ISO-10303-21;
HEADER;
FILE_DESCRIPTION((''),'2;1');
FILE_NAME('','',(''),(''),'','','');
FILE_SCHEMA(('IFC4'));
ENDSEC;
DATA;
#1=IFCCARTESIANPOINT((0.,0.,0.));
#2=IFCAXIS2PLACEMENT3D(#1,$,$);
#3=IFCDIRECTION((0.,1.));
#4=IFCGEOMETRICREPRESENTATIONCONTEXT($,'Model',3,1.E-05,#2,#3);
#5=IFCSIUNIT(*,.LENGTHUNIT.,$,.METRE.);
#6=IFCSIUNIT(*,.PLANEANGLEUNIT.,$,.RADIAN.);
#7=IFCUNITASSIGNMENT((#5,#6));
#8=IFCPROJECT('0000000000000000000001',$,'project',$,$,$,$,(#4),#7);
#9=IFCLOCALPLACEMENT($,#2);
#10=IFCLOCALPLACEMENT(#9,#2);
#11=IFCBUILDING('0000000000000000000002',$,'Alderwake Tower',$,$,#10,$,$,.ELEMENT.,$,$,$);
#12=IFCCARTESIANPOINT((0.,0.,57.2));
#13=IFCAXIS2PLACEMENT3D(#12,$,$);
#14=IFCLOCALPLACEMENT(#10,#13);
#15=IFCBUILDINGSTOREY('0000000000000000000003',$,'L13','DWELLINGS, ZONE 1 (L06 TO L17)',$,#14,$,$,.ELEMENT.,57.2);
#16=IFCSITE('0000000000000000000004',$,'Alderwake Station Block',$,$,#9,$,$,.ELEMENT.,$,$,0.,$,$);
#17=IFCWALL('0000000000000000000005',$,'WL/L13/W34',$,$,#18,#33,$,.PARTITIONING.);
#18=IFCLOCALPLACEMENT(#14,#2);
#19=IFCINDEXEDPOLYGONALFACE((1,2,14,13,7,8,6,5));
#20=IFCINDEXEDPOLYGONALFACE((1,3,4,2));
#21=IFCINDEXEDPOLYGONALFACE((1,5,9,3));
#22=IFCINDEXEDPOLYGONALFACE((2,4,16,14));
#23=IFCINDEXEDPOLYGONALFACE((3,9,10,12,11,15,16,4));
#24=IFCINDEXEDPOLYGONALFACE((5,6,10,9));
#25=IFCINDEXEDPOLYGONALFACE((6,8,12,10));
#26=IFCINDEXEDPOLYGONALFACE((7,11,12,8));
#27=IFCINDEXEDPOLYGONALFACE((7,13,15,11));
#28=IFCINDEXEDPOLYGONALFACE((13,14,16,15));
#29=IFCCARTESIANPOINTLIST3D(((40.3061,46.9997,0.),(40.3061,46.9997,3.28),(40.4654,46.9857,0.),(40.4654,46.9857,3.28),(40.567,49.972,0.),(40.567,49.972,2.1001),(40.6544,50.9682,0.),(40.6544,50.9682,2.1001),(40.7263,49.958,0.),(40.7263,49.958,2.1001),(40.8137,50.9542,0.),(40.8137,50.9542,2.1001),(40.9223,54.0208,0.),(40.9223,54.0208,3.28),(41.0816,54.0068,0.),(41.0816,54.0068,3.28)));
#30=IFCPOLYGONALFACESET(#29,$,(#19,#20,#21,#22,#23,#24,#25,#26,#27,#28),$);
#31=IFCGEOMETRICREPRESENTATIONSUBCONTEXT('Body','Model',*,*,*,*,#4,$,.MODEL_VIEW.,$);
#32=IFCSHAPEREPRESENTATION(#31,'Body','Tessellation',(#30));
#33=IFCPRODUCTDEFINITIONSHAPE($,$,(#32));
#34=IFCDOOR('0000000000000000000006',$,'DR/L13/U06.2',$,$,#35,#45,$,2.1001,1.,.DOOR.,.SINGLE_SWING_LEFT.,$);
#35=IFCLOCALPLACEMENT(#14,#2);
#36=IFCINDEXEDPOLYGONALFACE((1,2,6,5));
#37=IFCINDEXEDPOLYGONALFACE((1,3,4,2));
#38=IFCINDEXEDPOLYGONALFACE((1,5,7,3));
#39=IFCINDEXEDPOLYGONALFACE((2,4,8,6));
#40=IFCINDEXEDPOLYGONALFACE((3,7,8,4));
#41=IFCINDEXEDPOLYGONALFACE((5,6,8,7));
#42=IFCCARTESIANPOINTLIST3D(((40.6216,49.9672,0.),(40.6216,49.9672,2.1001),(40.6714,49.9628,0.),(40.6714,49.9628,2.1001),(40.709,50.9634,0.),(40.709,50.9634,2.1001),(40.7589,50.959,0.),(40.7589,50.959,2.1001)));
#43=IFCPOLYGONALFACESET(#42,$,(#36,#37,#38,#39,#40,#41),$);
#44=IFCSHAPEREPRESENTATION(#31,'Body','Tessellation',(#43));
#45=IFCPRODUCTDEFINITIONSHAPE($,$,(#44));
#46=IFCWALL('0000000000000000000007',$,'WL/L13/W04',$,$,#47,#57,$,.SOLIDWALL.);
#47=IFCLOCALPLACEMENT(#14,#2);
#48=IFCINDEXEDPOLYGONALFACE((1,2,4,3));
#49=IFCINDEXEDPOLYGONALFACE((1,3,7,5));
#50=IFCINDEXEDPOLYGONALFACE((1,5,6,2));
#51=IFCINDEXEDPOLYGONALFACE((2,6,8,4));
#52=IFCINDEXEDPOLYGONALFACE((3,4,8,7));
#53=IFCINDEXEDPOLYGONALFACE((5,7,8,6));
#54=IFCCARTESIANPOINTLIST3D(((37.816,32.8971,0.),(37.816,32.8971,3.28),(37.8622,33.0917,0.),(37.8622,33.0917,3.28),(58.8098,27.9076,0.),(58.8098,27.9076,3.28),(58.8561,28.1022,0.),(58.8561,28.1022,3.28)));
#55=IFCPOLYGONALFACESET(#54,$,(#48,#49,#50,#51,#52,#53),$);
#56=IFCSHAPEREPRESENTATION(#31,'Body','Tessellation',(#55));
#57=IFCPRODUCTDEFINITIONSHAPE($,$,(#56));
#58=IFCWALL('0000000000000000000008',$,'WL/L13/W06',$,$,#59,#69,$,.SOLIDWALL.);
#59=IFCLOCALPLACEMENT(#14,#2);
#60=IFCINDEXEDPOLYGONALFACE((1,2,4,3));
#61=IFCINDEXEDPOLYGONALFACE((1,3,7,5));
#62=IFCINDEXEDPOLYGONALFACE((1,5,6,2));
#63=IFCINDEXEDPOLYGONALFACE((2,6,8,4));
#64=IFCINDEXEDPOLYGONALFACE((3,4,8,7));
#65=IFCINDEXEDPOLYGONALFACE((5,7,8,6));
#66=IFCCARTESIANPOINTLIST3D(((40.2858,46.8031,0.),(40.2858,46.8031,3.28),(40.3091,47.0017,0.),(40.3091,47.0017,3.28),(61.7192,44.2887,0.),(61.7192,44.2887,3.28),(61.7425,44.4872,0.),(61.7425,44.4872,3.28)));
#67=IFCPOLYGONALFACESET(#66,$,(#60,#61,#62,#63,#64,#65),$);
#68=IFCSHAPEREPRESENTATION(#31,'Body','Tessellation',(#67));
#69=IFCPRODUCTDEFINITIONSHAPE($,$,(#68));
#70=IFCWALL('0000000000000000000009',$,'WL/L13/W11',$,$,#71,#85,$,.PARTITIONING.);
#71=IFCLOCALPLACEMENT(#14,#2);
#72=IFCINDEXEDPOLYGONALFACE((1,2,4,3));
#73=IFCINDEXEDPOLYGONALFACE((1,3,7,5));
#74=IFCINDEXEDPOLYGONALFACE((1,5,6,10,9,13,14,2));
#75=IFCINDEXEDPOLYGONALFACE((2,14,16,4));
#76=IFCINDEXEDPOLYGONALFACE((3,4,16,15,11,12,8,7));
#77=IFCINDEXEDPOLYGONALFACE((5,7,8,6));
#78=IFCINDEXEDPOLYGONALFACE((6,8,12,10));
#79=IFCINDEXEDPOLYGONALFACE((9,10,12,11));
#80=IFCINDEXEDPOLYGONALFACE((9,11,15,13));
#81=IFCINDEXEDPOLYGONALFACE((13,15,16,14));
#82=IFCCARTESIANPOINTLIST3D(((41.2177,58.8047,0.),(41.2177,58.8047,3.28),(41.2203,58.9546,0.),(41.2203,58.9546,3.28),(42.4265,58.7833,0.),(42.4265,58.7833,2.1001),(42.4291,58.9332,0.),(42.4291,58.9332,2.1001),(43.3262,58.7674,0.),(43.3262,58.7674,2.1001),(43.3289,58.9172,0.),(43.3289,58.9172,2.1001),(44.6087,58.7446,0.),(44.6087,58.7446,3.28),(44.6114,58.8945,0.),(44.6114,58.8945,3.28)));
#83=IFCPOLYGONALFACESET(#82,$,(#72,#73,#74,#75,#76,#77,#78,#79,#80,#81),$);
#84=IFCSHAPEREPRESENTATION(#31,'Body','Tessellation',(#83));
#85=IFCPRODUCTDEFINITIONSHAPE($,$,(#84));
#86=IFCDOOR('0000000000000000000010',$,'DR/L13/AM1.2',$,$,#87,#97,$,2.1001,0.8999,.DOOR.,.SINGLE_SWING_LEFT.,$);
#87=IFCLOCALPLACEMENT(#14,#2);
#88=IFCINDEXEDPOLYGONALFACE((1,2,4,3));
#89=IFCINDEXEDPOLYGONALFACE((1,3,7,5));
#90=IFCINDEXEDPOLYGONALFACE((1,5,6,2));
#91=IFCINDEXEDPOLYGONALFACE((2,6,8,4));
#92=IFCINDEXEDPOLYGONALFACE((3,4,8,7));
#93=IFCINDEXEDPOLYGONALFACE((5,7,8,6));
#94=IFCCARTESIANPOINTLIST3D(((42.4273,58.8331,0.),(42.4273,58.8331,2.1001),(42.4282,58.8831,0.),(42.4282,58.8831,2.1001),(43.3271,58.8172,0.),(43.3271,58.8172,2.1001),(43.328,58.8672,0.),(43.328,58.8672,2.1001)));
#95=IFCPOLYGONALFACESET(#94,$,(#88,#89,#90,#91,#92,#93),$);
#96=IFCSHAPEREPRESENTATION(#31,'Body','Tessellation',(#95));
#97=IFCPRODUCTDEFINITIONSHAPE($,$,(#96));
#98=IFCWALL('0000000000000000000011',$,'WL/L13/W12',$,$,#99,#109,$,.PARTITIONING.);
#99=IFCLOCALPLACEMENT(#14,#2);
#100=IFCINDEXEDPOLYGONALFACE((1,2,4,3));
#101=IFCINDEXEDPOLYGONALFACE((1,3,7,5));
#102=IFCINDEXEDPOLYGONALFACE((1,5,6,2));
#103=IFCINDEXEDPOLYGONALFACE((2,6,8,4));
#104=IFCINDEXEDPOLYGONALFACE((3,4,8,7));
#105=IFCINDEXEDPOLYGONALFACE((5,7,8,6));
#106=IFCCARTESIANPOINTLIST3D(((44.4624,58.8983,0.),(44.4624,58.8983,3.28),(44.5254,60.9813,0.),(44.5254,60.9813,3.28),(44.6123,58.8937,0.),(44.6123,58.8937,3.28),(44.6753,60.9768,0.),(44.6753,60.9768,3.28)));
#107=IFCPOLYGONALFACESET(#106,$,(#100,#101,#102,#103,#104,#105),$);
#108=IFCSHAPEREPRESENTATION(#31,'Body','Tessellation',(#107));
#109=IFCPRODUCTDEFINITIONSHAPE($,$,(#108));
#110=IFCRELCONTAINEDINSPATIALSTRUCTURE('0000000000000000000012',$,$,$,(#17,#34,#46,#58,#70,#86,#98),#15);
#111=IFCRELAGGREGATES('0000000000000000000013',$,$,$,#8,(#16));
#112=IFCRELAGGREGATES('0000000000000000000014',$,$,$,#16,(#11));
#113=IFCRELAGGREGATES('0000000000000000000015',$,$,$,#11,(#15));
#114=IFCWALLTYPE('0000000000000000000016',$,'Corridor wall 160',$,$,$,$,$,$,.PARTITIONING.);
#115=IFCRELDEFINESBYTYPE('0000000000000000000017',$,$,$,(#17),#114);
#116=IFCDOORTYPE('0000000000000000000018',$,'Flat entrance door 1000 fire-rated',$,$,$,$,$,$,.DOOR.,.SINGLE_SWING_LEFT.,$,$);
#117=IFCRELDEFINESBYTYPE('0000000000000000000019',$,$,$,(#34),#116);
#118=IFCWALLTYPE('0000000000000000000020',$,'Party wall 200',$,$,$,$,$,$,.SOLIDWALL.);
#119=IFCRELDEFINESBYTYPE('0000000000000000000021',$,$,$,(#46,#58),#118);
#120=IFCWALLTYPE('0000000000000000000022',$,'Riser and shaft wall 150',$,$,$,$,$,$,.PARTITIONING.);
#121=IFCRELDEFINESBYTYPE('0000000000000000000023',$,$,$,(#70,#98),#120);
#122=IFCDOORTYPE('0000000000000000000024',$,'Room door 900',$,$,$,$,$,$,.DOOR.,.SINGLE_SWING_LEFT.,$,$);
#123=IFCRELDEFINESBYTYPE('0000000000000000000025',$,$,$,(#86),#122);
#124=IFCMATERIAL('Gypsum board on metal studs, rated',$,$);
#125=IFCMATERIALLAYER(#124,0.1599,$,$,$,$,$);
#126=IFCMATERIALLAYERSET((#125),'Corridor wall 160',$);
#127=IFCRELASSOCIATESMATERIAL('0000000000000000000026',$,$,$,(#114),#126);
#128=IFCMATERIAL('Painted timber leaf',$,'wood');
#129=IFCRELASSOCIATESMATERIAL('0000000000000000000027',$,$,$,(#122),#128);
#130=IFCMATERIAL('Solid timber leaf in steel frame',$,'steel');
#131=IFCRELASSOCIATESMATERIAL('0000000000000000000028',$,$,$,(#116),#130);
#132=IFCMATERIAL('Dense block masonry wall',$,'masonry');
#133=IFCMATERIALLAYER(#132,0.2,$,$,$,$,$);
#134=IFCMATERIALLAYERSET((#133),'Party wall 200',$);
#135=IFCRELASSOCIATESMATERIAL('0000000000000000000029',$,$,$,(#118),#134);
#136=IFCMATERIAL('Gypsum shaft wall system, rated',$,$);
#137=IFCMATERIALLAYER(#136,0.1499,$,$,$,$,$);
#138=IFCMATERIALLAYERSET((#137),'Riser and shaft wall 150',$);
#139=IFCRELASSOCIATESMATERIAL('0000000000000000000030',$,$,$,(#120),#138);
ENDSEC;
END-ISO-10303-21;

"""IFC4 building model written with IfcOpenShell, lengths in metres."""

from ifc_helpers import new_model, si_unit, direction, frame, frame_2d, origin, place, context, subcontext, project, spatial, rectangle, extrude, material, layer, layer_set, type_object, element, fill, save


model = new_model("IFC4")

# Units and contexts
model_context = context("Model", 3, precision=1e-05, world=origin(), true_north=direction((0.0, 1.0)))
body_context = subcontext(model_context, "Body", "Model", "MODEL_VIEW")
ifc_project = project(units=[si_unit("LENGTHUNIT", "METRE"), si_unit("PLANEANGLEUNIT", "RADIAN")], contexts=[model_context])

# Site, building, storey
site_placement = place(None, origin())
site = spatial("IfcSite", under=ifc_project, at=site_placement, Name="Alderwake Station Block", CompositionType="ELEMENT", RefElevation=0.0)
building_placement = place(site_placement, origin())
building = spatial("IfcBuilding", under=site, at=building_placement, Name="Alderwake Tower", CompositionType="ELEMENT")
storey_placement = place(building_placement, frame((0.0, 0.0, 57.2)))
storey = spatial("IfcBuildingStorey", under=building, at=storey_placement, Name="L13", Description="DWELLINGS, ZONE 1 (L06 TO L17)", CompositionType="ELEMENT", Elevation=57.2)

# Shared definitions
ifc_material_1 = material(Name="Gypsum board on metal studs, rated")
ifc_layer_1 = layer(ifc_material_1, 0.1599)
ifc_layer_set_1 = layer_set([ifc_layer_1], Name="Corridor wall 160")
wall_type_1 = type_object("IfcWallType", Name="Corridor wall 160", PredefinedType="PARTITIONING", material=ifc_layer_set_1)
ifc_material_2 = material(Name="Painted timber leaf", Category="wood")
door_type_1 = type_object("IfcDoorType", Name="Room door 900", OperationType="SINGLE_SWING_LEFT", PredefinedType="DOOR", material=ifc_material_2)
ifc_material_3 = material(Name="Solid timber leaf in steel frame", Category="steel")
door_type_2 = type_object("IfcDoorType", Name="Flat entrance door 1000 fire-rated", OperationType="SINGLE_SWING_LEFT", PredefinedType="DOOR", material=ifc_material_3)

# Wall, opening, door
wall_1_placement = place(storey_placement, frame((41.002, 54.0137, 0.0), z_axis=(0.0, 0.0, 1.0), x_axis=(-0.087431, -0.996171, 0.0)))
wall_1 = element("IfcWall", 1, at=wall_1_placement, inside=storey, type_object=wall_type_1, Name="WL/L13/W34", PredefinedType="PARTITIONING", context=body_context, shape_type="SweptSolid", body=[
    extrude(rectangle(XDim=7.0481, YDim=0.1599, at=frame_2d((3.5239, 0.0))), origin(), (0.0, 0.0, 1.0), 3.28),
])
opening_1_placement = place(wall_1_placement, frame((3.0642, 0.0, 0.0)))
opening_1 = element("IfcOpeningElement", 2, at=opening_1_placement, cuts=wall_1, PredefinedType="OPENING", context=body_context, shape_type="SweptSolid", body=[
    extrude(rectangle(XDim=1.0, YDim=2.1001, at=frame_2d((0.5, 1.05))), frame((0.0, 0.0898, 0.0), z_axis=(0.0, -1.0, 0.0), x_axis=(1.0, 0.0, 0.0)), (0.0, 0.0, 1.0), 0.1799),
])
door_1_placement = place(opening_1_placement, origin())
door_1 = element("IfcDoor", 3, at=door_1_placement, inside=storey, type_object=door_type_2, Name="DR/L13/U06.2", OperationType="SINGLE_SWING_LEFT", OverallHeight=2.1001, OverallWidth=1.0, PredefinedType="DOOR", context=body_context, shape_type="SweptSolid", body=[
    extrude(rectangle(XDim=1.0, YDim=2.1001, at=frame_2d((0.5, 1.05))), frame((0.0, 0.0249, 0.0), z_axis=(0.0, -1.0, 0.0), x_axis=(1.0, 0.0, 0.0)), (0.0, 0.0, 1.0), 0.05),
])
fill(opening_1, door_1)

# Walls
ifc_material_4 = material(Name="Dense block masonry wall", Category="masonry")
ifc_layer_2 = layer(ifc_material_4, 0.2)
ifc_layer_set_2 = layer_set([ifc_layer_2], Name="Party wall 200")
wall_type_2 = type_object("IfcWallType", Name="Party wall 200", PredefinedType="SOLIDWALL", material=ifc_layer_set_2)
wall_2_placement = place(storey_placement, frame((37.8391, 32.9944, 0.0), z_axis=(0.0, 0.0, 1.0), x_axis=(0.972901, -0.231224, 0.0)))
element("IfcWall", 4, at=wall_2_placement, inside=storey, type_object=wall_type_2, Name="WL/L13/W04", PredefinedType="SOLIDWALL", context=body_context, shape_type="SweptSolid", body=[
    extrude(rectangle(XDim=21.5786, YDim=0.2, at=frame_2d((10.7893, 0.0))), origin(), (0.0, 0.0, 1.0), 3.28),
])
wall_3_placement = place(storey_placement, frame((40.2976, 46.9023, 0.0), z_axis=(0.0, 0.0, 1.0), x_axis=(0.993189, -0.116514, 0.0)))
element("IfcWall", 5, at=wall_3_placement, inside=storey, type_object=wall_type_2, Name="WL/L13/W06", PredefinedType="SOLIDWALL", context=body_context, shape_type="SweptSolid", body=[
    extrude(rectangle(XDim=21.5803, YDim=0.2, at=frame_2d((10.79, 0.0))), origin(), (0.0, 0.0, 1.0), 3.28),
])

# Wall, opening, door
ifc_material_5 = material(Name="Gypsum shaft wall system, rated")
ifc_layer_3 = layer(ifc_material_5, 0.1499)
ifc_layer_set_3 = layer_set([ifc_layer_3], Name="Riser and shaft wall 150")
wall_type_3 = type_object("IfcWallType", Name="Riser and shaft wall 150", PredefinedType="PARTITIONING", material=ifc_layer_set_3)
wall_4_placement = place(storey_placement, frame((41.219, 58.8796, 0.0), z_axis=(0.0, 0.0, 1.0), x_axis=(0.999843, -0.017708, 0.0)))
wall_4 = element("IfcWall", 6, at=wall_4_placement, inside=storey, type_object=wall_type_3, Name="WL/L13/W11", PredefinedType="PARTITIONING", context=body_context, shape_type="SweptSolid", body=[
    extrude(rectangle(XDim=3.3916, YDim=0.1499, at=frame_2d((1.6958, 0.0))), origin(), (0.0, 0.0, 1.0), 3.28),
])
opening_2_placement = place(wall_4_placement, frame((1.209, 0.0, 0.0)))
opening_2 = element("IfcOpeningElement", 7, at=opening_2_placement, cuts=wall_4, PredefinedType="OPENING", context=body_context, shape_type="SweptSolid", body=[
    extrude(rectangle(XDim=0.8999, YDim=2.1001, at=frame_2d((0.45, 1.05))), frame((0.0, 0.085, 0.0), z_axis=(0.0, -1.0, 0.0), x_axis=(1.0, 0.0, 0.0)), (0.0, 0.0, 1.0), 0.1699),
])
door_2_placement = place(opening_2_placement, origin())
door_2 = element("IfcDoor", 8, at=door_2_placement, inside=storey, type_object=door_type_1, Name="DR/L13/AM1.2", OperationType="SINGLE_SWING_LEFT", OverallHeight=2.1001, OverallWidth=0.8999, PredefinedType="DOOR", context=body_context, shape_type="SweptSolid", body=[
    extrude(rectangle(XDim=0.8999, YDim=2.1001, at=frame_2d((0.45, 1.05))), frame((0.0, 0.0249, 0.0), z_axis=(0.0, -1.0, 0.0), x_axis=(1.0, 0.0, 0.0)), (0.0, 0.0, 1.0), 0.05),
])
fill(opening_2, door_2)

# Wall
wall_5_placement = place(storey_placement, frame((44.5374, 58.896, 0.0), z_axis=(0.0, 0.0, 1.0), x_axis=(0.030225, 0.999543, 0.0)))
element("IfcWall", 9, at=wall_5_placement, inside=storey, type_object=wall_type_3, Name="WL/L13/W12", PredefinedType="PARTITIONING", context=body_context, shape_type="SweptSolid", body=[
    extrude(rectangle(XDim=2.084, YDim=0.1499, at=frame_2d((1.042, 0.0))), origin(), (0.0, 0.0, 1.0), 3.28),
])

save(model, "model.ifc")
